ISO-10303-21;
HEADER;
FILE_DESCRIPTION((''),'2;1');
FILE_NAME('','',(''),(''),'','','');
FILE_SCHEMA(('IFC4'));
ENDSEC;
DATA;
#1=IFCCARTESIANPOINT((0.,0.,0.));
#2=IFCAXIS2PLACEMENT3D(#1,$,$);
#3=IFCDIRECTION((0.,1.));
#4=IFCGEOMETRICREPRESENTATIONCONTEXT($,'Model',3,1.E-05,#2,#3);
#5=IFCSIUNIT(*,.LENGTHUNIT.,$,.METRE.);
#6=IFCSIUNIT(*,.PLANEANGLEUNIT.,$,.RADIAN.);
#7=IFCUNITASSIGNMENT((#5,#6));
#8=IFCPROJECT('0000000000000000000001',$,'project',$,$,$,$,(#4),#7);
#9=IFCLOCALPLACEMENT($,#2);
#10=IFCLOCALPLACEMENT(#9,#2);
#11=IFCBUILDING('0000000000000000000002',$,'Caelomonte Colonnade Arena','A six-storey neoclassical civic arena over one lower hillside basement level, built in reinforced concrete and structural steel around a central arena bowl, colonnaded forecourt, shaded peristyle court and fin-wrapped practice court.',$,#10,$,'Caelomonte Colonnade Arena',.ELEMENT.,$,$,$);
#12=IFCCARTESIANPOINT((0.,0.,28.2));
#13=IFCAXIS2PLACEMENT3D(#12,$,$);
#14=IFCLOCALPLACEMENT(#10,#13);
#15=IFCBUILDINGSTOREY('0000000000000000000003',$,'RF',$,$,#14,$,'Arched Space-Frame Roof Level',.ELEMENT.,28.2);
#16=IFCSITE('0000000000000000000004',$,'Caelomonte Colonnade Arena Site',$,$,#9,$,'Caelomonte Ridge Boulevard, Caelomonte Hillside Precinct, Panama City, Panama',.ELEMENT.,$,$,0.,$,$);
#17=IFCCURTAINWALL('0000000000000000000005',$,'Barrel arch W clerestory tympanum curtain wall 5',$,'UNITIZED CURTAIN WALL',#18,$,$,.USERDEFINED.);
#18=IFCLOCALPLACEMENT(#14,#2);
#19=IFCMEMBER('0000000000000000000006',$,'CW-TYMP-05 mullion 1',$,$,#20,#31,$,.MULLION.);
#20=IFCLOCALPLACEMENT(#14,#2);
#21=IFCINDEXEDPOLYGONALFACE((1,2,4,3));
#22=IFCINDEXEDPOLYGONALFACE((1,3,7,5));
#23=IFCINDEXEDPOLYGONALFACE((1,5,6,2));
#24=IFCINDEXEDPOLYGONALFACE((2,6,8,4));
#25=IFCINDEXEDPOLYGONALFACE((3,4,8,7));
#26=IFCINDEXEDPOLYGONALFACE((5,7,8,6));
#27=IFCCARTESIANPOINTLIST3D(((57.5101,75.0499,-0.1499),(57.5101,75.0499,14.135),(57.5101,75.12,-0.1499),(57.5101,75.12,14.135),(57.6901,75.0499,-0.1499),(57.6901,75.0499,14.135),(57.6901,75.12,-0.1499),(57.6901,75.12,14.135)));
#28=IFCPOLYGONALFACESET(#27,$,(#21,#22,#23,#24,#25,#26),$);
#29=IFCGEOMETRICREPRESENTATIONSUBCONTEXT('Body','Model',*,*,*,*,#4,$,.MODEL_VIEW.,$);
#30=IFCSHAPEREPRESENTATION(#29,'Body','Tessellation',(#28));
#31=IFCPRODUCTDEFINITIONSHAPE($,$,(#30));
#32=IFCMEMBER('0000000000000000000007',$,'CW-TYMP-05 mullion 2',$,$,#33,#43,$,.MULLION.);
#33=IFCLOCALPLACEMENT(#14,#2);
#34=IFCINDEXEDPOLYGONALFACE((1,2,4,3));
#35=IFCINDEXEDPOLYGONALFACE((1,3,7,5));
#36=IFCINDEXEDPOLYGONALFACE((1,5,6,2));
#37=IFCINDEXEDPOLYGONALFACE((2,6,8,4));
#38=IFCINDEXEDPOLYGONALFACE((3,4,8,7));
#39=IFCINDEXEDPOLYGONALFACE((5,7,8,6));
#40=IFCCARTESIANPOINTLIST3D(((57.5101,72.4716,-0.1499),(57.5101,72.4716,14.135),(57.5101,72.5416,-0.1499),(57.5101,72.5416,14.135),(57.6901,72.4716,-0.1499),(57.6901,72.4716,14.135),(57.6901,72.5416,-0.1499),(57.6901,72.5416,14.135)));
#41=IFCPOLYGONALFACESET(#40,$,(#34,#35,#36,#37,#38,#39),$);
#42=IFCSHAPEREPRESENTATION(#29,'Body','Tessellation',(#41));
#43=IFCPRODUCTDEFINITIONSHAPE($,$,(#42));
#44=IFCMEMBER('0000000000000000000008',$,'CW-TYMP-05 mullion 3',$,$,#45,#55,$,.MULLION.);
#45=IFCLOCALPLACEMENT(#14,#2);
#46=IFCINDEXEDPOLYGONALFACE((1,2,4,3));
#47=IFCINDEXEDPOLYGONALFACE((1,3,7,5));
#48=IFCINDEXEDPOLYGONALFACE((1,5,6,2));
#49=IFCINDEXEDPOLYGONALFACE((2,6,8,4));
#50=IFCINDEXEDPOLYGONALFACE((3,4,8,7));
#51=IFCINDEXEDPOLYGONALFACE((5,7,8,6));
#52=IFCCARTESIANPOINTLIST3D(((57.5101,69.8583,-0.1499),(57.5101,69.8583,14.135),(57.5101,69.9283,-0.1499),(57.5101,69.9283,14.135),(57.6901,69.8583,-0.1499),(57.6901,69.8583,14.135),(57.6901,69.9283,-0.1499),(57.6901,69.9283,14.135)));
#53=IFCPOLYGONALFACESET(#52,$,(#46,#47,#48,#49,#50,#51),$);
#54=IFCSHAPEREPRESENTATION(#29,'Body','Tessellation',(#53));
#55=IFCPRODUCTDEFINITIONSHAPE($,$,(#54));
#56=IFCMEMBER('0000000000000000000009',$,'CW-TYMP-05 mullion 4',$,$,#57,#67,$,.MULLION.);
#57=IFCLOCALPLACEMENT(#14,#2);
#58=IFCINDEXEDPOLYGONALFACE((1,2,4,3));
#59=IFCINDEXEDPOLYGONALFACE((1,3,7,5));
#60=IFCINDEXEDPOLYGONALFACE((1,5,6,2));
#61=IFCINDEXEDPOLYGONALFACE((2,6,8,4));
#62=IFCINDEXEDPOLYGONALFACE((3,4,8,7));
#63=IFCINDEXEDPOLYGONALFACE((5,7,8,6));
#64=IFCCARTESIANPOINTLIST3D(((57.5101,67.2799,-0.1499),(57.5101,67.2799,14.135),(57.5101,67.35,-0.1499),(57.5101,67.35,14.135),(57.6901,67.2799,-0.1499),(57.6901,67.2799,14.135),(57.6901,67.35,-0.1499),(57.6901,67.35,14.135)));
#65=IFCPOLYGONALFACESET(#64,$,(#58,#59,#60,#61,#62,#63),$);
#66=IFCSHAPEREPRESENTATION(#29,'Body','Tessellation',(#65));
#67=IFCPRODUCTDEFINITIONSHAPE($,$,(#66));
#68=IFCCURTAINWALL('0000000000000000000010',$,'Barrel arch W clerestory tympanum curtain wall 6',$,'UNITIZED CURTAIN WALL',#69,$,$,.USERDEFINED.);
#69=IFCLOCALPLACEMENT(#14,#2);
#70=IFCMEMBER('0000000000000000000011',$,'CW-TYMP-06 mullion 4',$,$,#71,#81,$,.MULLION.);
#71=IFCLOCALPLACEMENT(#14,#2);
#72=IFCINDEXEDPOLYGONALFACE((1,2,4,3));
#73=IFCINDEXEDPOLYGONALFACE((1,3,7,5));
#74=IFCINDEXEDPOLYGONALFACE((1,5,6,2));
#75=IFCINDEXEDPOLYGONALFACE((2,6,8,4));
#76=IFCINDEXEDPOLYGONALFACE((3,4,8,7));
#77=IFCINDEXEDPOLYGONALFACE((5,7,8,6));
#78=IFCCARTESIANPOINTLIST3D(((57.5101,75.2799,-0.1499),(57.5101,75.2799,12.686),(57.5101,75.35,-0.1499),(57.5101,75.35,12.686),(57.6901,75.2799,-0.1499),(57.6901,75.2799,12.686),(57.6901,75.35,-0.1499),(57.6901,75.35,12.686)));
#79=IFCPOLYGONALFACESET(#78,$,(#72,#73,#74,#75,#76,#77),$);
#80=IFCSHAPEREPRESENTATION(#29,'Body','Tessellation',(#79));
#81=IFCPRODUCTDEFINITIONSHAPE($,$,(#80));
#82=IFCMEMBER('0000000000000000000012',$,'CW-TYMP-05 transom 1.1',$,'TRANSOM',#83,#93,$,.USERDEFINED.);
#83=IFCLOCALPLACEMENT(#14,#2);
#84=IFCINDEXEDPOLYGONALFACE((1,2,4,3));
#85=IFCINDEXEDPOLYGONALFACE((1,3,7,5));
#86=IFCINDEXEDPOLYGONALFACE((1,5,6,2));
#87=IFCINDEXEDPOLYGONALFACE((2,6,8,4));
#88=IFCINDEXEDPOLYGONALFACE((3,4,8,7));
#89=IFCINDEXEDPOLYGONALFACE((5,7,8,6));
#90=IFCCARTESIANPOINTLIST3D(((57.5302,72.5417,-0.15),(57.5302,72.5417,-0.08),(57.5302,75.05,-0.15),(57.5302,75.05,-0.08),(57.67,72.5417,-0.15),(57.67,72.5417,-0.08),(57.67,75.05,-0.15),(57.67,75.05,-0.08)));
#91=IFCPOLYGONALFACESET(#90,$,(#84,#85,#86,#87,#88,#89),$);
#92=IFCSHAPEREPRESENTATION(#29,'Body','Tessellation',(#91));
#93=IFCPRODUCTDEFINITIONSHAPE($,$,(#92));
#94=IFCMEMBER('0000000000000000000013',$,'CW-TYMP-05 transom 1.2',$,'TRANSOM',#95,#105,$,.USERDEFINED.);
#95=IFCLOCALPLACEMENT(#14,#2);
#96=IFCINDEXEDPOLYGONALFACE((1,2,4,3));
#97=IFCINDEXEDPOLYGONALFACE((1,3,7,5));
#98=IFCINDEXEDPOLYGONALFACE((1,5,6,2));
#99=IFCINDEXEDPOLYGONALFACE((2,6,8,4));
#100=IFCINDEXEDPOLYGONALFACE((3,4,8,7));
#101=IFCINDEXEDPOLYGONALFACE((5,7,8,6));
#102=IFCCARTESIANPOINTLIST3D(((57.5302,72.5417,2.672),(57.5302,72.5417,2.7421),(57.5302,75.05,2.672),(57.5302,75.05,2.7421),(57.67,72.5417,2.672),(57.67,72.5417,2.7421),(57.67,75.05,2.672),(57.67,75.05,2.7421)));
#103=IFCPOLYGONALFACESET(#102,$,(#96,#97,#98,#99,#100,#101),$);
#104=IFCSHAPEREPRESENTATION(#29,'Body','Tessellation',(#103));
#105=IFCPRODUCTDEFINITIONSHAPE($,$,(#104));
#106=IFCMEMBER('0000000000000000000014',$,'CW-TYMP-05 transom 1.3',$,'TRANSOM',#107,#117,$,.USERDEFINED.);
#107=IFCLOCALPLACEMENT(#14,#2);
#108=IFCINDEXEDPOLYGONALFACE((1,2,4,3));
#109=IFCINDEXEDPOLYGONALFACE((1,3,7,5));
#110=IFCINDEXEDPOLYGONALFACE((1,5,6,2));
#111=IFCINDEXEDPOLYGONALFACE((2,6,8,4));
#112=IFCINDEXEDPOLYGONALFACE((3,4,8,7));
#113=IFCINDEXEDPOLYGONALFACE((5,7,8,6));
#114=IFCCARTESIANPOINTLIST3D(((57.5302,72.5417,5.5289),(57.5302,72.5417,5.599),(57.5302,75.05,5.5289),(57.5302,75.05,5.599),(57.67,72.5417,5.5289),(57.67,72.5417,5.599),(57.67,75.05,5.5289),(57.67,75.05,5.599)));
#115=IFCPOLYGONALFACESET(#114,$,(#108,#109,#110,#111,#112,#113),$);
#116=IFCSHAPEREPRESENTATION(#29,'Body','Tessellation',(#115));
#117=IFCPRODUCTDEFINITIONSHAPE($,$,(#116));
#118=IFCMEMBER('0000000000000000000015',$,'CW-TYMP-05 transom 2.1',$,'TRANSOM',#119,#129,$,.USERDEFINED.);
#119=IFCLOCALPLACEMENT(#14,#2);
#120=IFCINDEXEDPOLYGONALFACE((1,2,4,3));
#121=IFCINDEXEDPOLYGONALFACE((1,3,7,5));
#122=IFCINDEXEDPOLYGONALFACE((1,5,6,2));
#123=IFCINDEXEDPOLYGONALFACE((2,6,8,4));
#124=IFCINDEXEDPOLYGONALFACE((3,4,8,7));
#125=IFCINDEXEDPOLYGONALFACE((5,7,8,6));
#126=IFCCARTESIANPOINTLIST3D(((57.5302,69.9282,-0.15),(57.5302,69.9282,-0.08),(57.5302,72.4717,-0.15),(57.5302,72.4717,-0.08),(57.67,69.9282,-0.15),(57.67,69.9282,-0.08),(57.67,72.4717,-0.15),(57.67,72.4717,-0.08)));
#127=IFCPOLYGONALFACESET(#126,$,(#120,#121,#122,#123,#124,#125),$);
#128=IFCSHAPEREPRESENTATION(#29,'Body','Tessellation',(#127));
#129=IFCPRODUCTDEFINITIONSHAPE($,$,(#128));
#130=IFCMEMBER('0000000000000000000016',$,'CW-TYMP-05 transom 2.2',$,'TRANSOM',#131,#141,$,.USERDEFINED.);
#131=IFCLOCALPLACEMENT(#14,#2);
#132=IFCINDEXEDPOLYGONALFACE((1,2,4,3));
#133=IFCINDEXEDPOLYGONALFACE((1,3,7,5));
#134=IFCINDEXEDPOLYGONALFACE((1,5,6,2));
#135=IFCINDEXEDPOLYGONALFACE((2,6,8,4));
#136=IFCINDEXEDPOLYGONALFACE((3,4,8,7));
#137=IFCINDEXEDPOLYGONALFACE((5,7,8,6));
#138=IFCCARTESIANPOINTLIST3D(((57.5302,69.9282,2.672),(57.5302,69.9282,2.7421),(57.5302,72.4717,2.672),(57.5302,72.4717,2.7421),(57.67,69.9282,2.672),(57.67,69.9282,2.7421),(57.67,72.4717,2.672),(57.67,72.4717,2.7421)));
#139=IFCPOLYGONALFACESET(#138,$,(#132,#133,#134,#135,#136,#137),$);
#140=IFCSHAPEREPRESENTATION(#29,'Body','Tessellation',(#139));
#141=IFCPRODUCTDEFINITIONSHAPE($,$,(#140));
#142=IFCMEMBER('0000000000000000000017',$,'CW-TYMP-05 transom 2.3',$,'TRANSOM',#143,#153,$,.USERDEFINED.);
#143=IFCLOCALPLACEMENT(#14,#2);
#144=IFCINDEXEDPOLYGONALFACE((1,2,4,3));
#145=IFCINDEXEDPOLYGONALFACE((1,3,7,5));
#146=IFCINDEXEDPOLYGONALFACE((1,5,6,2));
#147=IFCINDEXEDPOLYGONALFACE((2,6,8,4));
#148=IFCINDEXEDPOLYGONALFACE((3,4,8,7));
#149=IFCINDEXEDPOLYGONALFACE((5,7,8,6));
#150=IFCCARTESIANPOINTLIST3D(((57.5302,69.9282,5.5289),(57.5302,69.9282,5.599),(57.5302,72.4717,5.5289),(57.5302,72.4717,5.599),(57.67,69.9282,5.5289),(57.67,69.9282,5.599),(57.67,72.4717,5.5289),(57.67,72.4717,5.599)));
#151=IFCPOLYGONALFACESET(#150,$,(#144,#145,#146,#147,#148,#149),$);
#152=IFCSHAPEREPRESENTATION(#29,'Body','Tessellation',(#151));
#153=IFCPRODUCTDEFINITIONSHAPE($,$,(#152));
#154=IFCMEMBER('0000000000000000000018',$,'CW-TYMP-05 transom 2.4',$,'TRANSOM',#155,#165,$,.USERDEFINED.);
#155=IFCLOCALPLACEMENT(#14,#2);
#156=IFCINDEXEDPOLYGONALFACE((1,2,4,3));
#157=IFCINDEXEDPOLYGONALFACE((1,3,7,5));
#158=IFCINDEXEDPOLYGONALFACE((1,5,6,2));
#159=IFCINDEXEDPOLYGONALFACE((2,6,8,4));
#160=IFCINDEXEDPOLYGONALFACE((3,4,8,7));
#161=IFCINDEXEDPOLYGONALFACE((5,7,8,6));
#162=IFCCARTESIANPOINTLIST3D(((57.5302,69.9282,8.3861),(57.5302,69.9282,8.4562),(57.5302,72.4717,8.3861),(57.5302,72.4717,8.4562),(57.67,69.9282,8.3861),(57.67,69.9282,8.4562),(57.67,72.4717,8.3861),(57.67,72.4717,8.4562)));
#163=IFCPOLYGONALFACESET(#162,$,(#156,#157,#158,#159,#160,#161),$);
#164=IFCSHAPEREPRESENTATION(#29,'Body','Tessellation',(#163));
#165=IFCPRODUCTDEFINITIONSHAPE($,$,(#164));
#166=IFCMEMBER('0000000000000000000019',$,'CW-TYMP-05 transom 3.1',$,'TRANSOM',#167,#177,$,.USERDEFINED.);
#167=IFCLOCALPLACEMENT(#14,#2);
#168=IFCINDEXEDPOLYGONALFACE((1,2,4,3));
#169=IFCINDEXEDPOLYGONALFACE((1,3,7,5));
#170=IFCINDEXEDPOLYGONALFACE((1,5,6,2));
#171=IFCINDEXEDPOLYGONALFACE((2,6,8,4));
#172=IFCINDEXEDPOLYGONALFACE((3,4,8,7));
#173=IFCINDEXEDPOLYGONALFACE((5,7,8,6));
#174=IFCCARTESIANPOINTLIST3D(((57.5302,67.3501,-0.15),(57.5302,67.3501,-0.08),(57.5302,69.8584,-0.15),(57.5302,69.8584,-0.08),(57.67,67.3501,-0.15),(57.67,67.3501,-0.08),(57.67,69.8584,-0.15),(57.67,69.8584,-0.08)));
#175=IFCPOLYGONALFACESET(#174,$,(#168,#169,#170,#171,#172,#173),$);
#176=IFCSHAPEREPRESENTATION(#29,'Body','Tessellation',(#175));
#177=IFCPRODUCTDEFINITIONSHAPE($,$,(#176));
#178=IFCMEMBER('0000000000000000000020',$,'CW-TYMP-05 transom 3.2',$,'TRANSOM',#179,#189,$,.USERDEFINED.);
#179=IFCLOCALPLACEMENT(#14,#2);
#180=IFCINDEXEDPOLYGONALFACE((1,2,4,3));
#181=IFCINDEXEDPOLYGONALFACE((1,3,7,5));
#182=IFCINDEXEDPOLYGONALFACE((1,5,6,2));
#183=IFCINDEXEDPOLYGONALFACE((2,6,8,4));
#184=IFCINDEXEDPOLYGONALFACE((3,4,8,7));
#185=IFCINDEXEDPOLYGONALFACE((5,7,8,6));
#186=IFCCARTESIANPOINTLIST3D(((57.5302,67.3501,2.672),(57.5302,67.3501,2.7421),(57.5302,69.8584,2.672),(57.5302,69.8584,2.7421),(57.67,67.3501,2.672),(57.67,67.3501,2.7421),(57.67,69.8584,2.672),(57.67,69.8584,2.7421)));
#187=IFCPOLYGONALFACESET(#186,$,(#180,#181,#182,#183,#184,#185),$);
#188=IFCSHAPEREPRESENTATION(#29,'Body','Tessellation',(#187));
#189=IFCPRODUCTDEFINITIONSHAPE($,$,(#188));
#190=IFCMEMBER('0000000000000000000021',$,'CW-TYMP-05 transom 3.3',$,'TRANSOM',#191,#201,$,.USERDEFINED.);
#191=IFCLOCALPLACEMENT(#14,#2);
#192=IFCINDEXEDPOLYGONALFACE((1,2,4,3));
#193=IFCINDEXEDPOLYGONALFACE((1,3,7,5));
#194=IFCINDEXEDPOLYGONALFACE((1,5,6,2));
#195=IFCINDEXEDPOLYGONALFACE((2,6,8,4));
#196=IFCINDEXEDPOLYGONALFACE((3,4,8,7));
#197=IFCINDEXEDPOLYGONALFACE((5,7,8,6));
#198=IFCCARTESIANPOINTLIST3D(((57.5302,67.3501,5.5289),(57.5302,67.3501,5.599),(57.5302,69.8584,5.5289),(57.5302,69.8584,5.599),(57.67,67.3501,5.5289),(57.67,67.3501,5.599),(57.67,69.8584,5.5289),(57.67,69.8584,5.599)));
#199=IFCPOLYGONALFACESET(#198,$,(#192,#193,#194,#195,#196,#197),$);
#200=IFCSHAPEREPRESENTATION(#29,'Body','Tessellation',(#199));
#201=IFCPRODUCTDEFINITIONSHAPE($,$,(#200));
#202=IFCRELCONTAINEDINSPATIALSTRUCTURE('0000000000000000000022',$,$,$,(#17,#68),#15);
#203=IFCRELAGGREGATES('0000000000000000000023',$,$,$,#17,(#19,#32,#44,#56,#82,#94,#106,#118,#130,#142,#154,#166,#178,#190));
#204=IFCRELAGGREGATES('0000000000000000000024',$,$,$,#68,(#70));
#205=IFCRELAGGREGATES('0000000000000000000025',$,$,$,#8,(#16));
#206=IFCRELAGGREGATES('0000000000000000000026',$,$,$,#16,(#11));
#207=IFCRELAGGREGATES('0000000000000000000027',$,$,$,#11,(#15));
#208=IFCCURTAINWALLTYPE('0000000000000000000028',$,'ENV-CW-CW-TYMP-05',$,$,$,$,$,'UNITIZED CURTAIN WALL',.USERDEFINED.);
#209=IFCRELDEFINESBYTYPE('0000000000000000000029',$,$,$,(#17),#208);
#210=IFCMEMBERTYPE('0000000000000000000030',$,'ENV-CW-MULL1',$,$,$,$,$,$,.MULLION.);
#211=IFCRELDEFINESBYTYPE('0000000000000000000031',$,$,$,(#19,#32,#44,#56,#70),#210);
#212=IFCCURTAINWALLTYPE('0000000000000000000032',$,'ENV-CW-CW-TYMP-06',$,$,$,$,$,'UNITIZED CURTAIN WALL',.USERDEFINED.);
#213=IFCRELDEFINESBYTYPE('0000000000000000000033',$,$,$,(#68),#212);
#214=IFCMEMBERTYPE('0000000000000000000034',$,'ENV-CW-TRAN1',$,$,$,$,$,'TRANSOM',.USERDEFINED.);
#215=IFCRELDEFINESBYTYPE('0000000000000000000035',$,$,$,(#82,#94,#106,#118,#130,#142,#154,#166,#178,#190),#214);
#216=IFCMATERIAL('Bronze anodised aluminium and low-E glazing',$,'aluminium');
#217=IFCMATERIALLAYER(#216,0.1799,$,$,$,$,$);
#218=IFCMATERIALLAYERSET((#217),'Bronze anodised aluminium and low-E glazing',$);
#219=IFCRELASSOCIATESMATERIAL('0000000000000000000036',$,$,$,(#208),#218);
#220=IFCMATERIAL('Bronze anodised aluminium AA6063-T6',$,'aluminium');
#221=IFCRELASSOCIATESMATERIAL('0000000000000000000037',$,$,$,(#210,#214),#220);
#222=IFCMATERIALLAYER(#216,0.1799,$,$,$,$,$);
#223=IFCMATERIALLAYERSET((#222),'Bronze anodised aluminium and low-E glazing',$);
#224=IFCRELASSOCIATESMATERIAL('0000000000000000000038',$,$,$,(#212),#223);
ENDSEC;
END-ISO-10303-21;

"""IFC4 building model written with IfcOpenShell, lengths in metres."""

from ifc_helpers import new_model, si_unit, direction, frame, origin, origin_2d, place, context, subcontext, project, spatial, rectangle, extrude, material, layer, layer_set, material_profile, profile_set, type_object, element, aggregate, save


model = new_model("IFC4")

# Units and contexts
model_context = context("Model", 3, precision=1e-05, world=origin(), true_north=direction((0.0, 1.0)))
body_context = subcontext(model_context, "Body", "Model", "MODEL_VIEW")
ifc_project = project(units=[si_unit("LENGTHUNIT", "METRE"), si_unit("PLANEANGLEUNIT", "RADIAN")], contexts=[model_context])

# Site, building, storey
site_placement = place(None, origin())
site = spatial("IfcSite", under=ifc_project, at=site_placement, Name="Caelomonte Colonnade Arena Site", LongName="Caelomonte Ridge Boulevard, Caelomonte Hillside Precinct, Panama City, Panama", CompositionType="ELEMENT", RefElevation=0.0)
building_placement = place(site_placement, origin())
building = spatial("IfcBuilding", under=site, at=building_placement, Name="Caelomonte Colonnade Arena", Description="A six-storey neoclassical civic arena over one lower hillside basement level, built in reinforced concrete and structural steel around a central arena bowl, colonnaded forecourt, shaded peristyle court and fin-wrapped practice court.", LongName="Caelomonte Colonnade Arena", CompositionType="ELEMENT")
storey_placement = place(building_placement, frame((0.0, 0.0, 28.2)))
storey = spatial("IfcBuildingStorey", under=building, at=storey_placement, Name="RF", LongName="Arched Space-Frame Roof Level", CompositionType="ELEMENT", Elevation=28.2)

# Curtain wall, members
ifc_material_1 = material(Name="Bronze anodised aluminium and low-E glazing", Category="aluminium")
ifc_layer_1 = layer(ifc_material_1, 0.1799)
ifc_layer_set_1 = layer_set([ifc_layer_1], Name="Bronze anodised aluminium and low-E glazing")
curtain_wall_type_1 = type_object("IfcCurtainWallType", Name="ENV-CW-CW-TYMP-05", ElementType="UNITIZED CURTAIN WALL", PredefinedType="USERDEFINED", material=ifc_layer_set_1)
curtain_wall_1_placement = place(storey_placement, origin())
curtain_wall_1 = element("IfcCurtainWall", 1, at=curtain_wall_1_placement, inside=storey, type_object=curtain_wall_type_1, Name="Barrel arch W clerestory tympanum curtain wall 5", ObjectType="UNITIZED CURTAIN WALL", PredefinedType="USERDEFINED")
ifc_material_2 = material(Name="Bronze anodised aluminium AA6063-T6", Category="aluminium")
ifc_material_profile_1 = material_profile(ifc_material_2, rectangle(XDim=0.0701, YDim=0.1799, at=origin_2d()), Name="CWM-70X180")
ifc_profile_set_1 = profile_set([ifc_material_profile_1], Name="Bronze anodised aluminium AA6063-T6")
member_type_1 = type_object("IfcMemberType", Name="ENV-CW-MULL1", PredefinedType="MULLION", material=ifc_profile_set_1)
member_1_placement = place(storey_placement, frame((57.6001, 75.085, -0.1499), z_axis=(0.0, 0.0, 1.0), x_axis=(0.0, -1.0, 0.0)))
member_1 = element("IfcMember", 2, at=member_1_placement, type_object=member_type_1, Name="CW-TYMP-05 mullion 1", PredefinedType="MULLION", context=body_context, shape_type="SweptSolid", body=[
    extrude(rectangle(XDim=0.0701, YDim=0.1799, at=origin_2d()), origin(), (0.0, 0.0, 1.0), 14.2849),
])
member_2_placement = place(storey_placement, frame((57.6001, 72.5066, -0.1499), z_axis=(0.0, 0.0, 1.0), x_axis=(0.0, -1.0, 0.0)))
member_2 = element("IfcMember", 3, at=member_2_placement, type_object=member_type_1, Name="CW-TYMP-05 mullion 2", PredefinedType="MULLION", context=body_context, shape_type="SweptSolid", body=[
    extrude(rectangle(XDim=0.0701, YDim=0.1799, at=origin_2d()), origin(), (0.0, 0.0, 1.0), 14.2849),
])
member_3_placement = place(storey_placement, frame((57.6001, 69.8933, -0.1499), z_axis=(0.0, 0.0, 1.0), x_axis=(0.0, -1.0, 0.0)))
member_3 = element("IfcMember", 4, at=member_3_placement, type_object=member_type_1, Name="CW-TYMP-05 mullion 3", PredefinedType="MULLION", context=body_context, shape_type="SweptSolid", body=[
    extrude(rectangle(XDim=0.0701, YDim=0.1799, at=origin_2d()), origin(), (0.0, 0.0, 1.0), 14.2849),
])
member_4_placement = place(storey_placement, frame((57.6001, 67.3149, -0.1499), z_axis=(0.0, 0.0, 1.0), x_axis=(0.0, -1.0, 0.0)))
member_4 = element("IfcMember", 5, at=member_4_placement, type_object=member_type_1, Name="CW-TYMP-05 mullion 4", PredefinedType="MULLION", context=body_context, shape_type="SweptSolid", body=[
    extrude(rectangle(XDim=0.0701, YDim=0.1799, at=origin_2d()), origin(), (0.0, 0.0, 1.0), 14.2849),
])

# Curtain wall, member
ifc_layer_2 = layer(ifc_material_1, 0.1799)
ifc_layer_set_2 = layer_set([ifc_layer_2], Name="Bronze anodised aluminium and low-E glazing")
curtain_wall_type_2 = type_object("IfcCurtainWallType", Name="ENV-CW-CW-TYMP-06", ElementType="UNITIZED CURTAIN WALL", PredefinedType="USERDEFINED", material=ifc_layer_set_2)
curtain_wall_2_placement = place(storey_placement, origin())
curtain_wall_2 = element("IfcCurtainWall", 6, at=curtain_wall_2_placement, inside=storey, type_object=curtain_wall_type_2, Name="Barrel arch W clerestory tympanum curtain wall 6", ObjectType="UNITIZED CURTAIN WALL", PredefinedType="USERDEFINED")
member_5_placement = place(storey_placement, frame((57.6001, 75.3149, -0.1499), z_axis=(0.0, 0.0, 1.0), x_axis=(0.0, -1.0, 0.0)))
member_5 = element("IfcMember", 7, at=member_5_placement, type_object=member_type_1, Name="CW-TYMP-06 mullion 4", PredefinedType="MULLION", context=body_context, shape_type="SweptSolid", body=[
    extrude(rectangle(XDim=0.0701, YDim=0.1799, at=origin_2d()), origin(), (0.0, 0.0, 1.0), 12.8359),
])

# Members
ifc_material_profile_2 = material_profile(ifc_material_2, rectangle(XDim=0.0701, YDim=0.1399, at=origin_2d()), Name="CWT-70X140")
ifc_profile_set_2 = profile_set([ifc_material_profile_2], Name="Bronze anodised aluminium AA6063-T6")
member_type_2 = type_object("IfcMemberType", Name="ENV-CW-TRAN1", ElementType="TRANSOM", PredefinedType="USERDEFINED", material=ifc_profile_set_2)
member_6_placement = place(storey_placement, frame((57.6001, 75.05, -0.115), z_axis=(0.0, -1.0, 0.0), x_axis=(0.0, 0.0, 1.0)))
member_6 = element("IfcMember", 8, at=member_6_placement, type_object=member_type_2, Name="CW-TYMP-05 transom 1.1", ObjectType="TRANSOM", PredefinedType="USERDEFINED", context=body_context, shape_type="SweptSolid", body=[
    extrude(rectangle(XDim=0.0701, YDim=0.1399, at=origin_2d()), origin(), (0.0, 0.0, 1.0), 2.5083),
])
member_7_placement = place(storey_placement, frame((57.6001, 75.05, 2.707), z_axis=(0.0, -1.0, 0.0), x_axis=(0.0, 0.0, 1.0)))
member_7 = element("IfcMember", 9, at=member_7_placement, type_object=member_type_2, Name="CW-TYMP-05 transom 1.2", ObjectType="TRANSOM", PredefinedType="USERDEFINED", context=body_context, shape_type="SweptSolid", body=[
    extrude(rectangle(XDim=0.0701, YDim=0.1399, at=origin_2d()), origin(), (0.0, 0.0, 1.0), 2.5083),
])
member_8_placement = place(storey_placement, frame((57.6001, 75.05, 5.564), z_axis=(0.0, -1.0, 0.0), x_axis=(0.0, 0.0, 1.0)))
member_8 = element("IfcMember", 10, at=member_8_placement, type_object=member_type_2, Name="CW-TYMP-05 transom 1.3", ObjectType="TRANSOM", PredefinedType="USERDEFINED", context=body_context, shape_type="SweptSolid", body=[
    extrude(rectangle(XDim=0.0701, YDim=0.1399, at=origin_2d()), origin(), (0.0, 0.0, 1.0), 2.5083),
])
member_9_placement = place(storey_placement, frame((57.6001, 72.4717, -0.115), z_axis=(0.0, -1.0, 0.0), x_axis=(0.0, 0.0, 1.0)))
member_9 = element("IfcMember", 11, at=member_9_placement, type_object=member_type_2, Name="CW-TYMP-05 transom 2.1", ObjectType="TRANSOM", PredefinedType="USERDEFINED", context=body_context, shape_type="SweptSolid", body=[
    extrude(rectangle(XDim=0.0701, YDim=0.1399, at=origin_2d()), origin(), (0.0, 0.0, 1.0), 2.5435),
])
member_10_placement = place(storey_placement, frame((57.6001, 72.4717, 2.707), z_axis=(0.0, -1.0, 0.0), x_axis=(0.0, 0.0, 1.0)))
member_10 = element("IfcMember", 12, at=member_10_placement, type_object=member_type_2, Name="CW-TYMP-05 transom 2.2", ObjectType="TRANSOM", PredefinedType="USERDEFINED", context=body_context, shape_type="SweptSolid", body=[
    extrude(rectangle(XDim=0.0701, YDim=0.1399, at=origin_2d()), origin(), (0.0, 0.0, 1.0), 2.5435),
])
member_11_placement = place(storey_placement, frame((57.6001, 72.4717, 5.564), z_axis=(0.0, -1.0, 0.0), x_axis=(0.0, 0.0, 1.0)))
member_11 = element("IfcMember", 13, at=member_11_placement, type_object=member_type_2, Name="CW-TYMP-05 transom 2.3", ObjectType="TRANSOM", PredefinedType="USERDEFINED", context=body_context, shape_type="SweptSolid", body=[
    extrude(rectangle(XDim=0.0701, YDim=0.1399, at=origin_2d()), origin(), (0.0, 0.0, 1.0), 2.5435),
])
member_12_placement = place(storey_placement, frame((57.6001, 72.4717, 8.4211), z_axis=(0.0, -1.0, 0.0), x_axis=(0.0, 0.0, 1.0)))
member_12 = element("IfcMember", 14, at=member_12_placement, type_object=member_type_2, Name="CW-TYMP-05 transom 2.4", ObjectType="TRANSOM", PredefinedType="USERDEFINED", context=body_context, shape_type="SweptSolid", body=[
    extrude(rectangle(XDim=0.0701, YDim=0.1399, at=origin_2d()), origin(), (0.0, 0.0, 1.0), 2.5435),
])
member_13_placement = place(storey_placement, frame((57.6001, 69.8584, -0.115), z_axis=(0.0, -1.0, 0.0), x_axis=(0.0, 0.0, 1.0)))
member_13 = element("IfcMember", 15, at=member_13_placement, type_object=member_type_2, Name="CW-TYMP-05 transom 3.1", ObjectType="TRANSOM", PredefinedType="USERDEFINED", context=body_context, shape_type="SweptSolid", body=[
    extrude(rectangle(XDim=0.0701, YDim=0.1399, at=origin_2d()), origin(), (0.0, 0.0, 1.0), 2.5083),
])
member_14_placement = place(storey_placement, frame((57.6001, 69.8584, 2.707), z_axis=(0.0, -1.0, 0.0), x_axis=(0.0, 0.0, 1.0)))
member_14 = element("IfcMember", 16, at=member_14_placement, type_object=member_type_2, Name="CW-TYMP-05 transom 3.2", ObjectType="TRANSOM", PredefinedType="USERDEFINED", context=body_context, shape_type="SweptSolid", body=[
    extrude(rectangle(XDim=0.0701, YDim=0.1399, at=origin_2d()), origin(), (0.0, 0.0, 1.0), 2.5083),
])
member_15_placement = place(storey_placement, frame((57.6001, 69.8584, 5.564), z_axis=(0.0, -1.0, 0.0), x_axis=(0.0, 0.0, 1.0)))
member_15 = element("IfcMember", 17, at=member_15_placement, type_object=member_type_2, Name="CW-TYMP-05 transom 3.3", ObjectType="TRANSOM", PredefinedType="USERDEFINED", context=body_context, shape_type="SweptSolid", body=[
    extrude(rectangle(XDim=0.0701, YDim=0.1399, at=origin_2d()), origin(), (0.0, 0.0, 1.0), 2.5083),
])

aggregate(curtain_wall_1, [member_1, member_2, member_3, member_4, member_6, member_7, member_8, member_9, member_10, member_11, member_12, member_13, member_14, member_15])
aggregate(curtain_wall_2, [member_5])

save(model, "model.ifc")
